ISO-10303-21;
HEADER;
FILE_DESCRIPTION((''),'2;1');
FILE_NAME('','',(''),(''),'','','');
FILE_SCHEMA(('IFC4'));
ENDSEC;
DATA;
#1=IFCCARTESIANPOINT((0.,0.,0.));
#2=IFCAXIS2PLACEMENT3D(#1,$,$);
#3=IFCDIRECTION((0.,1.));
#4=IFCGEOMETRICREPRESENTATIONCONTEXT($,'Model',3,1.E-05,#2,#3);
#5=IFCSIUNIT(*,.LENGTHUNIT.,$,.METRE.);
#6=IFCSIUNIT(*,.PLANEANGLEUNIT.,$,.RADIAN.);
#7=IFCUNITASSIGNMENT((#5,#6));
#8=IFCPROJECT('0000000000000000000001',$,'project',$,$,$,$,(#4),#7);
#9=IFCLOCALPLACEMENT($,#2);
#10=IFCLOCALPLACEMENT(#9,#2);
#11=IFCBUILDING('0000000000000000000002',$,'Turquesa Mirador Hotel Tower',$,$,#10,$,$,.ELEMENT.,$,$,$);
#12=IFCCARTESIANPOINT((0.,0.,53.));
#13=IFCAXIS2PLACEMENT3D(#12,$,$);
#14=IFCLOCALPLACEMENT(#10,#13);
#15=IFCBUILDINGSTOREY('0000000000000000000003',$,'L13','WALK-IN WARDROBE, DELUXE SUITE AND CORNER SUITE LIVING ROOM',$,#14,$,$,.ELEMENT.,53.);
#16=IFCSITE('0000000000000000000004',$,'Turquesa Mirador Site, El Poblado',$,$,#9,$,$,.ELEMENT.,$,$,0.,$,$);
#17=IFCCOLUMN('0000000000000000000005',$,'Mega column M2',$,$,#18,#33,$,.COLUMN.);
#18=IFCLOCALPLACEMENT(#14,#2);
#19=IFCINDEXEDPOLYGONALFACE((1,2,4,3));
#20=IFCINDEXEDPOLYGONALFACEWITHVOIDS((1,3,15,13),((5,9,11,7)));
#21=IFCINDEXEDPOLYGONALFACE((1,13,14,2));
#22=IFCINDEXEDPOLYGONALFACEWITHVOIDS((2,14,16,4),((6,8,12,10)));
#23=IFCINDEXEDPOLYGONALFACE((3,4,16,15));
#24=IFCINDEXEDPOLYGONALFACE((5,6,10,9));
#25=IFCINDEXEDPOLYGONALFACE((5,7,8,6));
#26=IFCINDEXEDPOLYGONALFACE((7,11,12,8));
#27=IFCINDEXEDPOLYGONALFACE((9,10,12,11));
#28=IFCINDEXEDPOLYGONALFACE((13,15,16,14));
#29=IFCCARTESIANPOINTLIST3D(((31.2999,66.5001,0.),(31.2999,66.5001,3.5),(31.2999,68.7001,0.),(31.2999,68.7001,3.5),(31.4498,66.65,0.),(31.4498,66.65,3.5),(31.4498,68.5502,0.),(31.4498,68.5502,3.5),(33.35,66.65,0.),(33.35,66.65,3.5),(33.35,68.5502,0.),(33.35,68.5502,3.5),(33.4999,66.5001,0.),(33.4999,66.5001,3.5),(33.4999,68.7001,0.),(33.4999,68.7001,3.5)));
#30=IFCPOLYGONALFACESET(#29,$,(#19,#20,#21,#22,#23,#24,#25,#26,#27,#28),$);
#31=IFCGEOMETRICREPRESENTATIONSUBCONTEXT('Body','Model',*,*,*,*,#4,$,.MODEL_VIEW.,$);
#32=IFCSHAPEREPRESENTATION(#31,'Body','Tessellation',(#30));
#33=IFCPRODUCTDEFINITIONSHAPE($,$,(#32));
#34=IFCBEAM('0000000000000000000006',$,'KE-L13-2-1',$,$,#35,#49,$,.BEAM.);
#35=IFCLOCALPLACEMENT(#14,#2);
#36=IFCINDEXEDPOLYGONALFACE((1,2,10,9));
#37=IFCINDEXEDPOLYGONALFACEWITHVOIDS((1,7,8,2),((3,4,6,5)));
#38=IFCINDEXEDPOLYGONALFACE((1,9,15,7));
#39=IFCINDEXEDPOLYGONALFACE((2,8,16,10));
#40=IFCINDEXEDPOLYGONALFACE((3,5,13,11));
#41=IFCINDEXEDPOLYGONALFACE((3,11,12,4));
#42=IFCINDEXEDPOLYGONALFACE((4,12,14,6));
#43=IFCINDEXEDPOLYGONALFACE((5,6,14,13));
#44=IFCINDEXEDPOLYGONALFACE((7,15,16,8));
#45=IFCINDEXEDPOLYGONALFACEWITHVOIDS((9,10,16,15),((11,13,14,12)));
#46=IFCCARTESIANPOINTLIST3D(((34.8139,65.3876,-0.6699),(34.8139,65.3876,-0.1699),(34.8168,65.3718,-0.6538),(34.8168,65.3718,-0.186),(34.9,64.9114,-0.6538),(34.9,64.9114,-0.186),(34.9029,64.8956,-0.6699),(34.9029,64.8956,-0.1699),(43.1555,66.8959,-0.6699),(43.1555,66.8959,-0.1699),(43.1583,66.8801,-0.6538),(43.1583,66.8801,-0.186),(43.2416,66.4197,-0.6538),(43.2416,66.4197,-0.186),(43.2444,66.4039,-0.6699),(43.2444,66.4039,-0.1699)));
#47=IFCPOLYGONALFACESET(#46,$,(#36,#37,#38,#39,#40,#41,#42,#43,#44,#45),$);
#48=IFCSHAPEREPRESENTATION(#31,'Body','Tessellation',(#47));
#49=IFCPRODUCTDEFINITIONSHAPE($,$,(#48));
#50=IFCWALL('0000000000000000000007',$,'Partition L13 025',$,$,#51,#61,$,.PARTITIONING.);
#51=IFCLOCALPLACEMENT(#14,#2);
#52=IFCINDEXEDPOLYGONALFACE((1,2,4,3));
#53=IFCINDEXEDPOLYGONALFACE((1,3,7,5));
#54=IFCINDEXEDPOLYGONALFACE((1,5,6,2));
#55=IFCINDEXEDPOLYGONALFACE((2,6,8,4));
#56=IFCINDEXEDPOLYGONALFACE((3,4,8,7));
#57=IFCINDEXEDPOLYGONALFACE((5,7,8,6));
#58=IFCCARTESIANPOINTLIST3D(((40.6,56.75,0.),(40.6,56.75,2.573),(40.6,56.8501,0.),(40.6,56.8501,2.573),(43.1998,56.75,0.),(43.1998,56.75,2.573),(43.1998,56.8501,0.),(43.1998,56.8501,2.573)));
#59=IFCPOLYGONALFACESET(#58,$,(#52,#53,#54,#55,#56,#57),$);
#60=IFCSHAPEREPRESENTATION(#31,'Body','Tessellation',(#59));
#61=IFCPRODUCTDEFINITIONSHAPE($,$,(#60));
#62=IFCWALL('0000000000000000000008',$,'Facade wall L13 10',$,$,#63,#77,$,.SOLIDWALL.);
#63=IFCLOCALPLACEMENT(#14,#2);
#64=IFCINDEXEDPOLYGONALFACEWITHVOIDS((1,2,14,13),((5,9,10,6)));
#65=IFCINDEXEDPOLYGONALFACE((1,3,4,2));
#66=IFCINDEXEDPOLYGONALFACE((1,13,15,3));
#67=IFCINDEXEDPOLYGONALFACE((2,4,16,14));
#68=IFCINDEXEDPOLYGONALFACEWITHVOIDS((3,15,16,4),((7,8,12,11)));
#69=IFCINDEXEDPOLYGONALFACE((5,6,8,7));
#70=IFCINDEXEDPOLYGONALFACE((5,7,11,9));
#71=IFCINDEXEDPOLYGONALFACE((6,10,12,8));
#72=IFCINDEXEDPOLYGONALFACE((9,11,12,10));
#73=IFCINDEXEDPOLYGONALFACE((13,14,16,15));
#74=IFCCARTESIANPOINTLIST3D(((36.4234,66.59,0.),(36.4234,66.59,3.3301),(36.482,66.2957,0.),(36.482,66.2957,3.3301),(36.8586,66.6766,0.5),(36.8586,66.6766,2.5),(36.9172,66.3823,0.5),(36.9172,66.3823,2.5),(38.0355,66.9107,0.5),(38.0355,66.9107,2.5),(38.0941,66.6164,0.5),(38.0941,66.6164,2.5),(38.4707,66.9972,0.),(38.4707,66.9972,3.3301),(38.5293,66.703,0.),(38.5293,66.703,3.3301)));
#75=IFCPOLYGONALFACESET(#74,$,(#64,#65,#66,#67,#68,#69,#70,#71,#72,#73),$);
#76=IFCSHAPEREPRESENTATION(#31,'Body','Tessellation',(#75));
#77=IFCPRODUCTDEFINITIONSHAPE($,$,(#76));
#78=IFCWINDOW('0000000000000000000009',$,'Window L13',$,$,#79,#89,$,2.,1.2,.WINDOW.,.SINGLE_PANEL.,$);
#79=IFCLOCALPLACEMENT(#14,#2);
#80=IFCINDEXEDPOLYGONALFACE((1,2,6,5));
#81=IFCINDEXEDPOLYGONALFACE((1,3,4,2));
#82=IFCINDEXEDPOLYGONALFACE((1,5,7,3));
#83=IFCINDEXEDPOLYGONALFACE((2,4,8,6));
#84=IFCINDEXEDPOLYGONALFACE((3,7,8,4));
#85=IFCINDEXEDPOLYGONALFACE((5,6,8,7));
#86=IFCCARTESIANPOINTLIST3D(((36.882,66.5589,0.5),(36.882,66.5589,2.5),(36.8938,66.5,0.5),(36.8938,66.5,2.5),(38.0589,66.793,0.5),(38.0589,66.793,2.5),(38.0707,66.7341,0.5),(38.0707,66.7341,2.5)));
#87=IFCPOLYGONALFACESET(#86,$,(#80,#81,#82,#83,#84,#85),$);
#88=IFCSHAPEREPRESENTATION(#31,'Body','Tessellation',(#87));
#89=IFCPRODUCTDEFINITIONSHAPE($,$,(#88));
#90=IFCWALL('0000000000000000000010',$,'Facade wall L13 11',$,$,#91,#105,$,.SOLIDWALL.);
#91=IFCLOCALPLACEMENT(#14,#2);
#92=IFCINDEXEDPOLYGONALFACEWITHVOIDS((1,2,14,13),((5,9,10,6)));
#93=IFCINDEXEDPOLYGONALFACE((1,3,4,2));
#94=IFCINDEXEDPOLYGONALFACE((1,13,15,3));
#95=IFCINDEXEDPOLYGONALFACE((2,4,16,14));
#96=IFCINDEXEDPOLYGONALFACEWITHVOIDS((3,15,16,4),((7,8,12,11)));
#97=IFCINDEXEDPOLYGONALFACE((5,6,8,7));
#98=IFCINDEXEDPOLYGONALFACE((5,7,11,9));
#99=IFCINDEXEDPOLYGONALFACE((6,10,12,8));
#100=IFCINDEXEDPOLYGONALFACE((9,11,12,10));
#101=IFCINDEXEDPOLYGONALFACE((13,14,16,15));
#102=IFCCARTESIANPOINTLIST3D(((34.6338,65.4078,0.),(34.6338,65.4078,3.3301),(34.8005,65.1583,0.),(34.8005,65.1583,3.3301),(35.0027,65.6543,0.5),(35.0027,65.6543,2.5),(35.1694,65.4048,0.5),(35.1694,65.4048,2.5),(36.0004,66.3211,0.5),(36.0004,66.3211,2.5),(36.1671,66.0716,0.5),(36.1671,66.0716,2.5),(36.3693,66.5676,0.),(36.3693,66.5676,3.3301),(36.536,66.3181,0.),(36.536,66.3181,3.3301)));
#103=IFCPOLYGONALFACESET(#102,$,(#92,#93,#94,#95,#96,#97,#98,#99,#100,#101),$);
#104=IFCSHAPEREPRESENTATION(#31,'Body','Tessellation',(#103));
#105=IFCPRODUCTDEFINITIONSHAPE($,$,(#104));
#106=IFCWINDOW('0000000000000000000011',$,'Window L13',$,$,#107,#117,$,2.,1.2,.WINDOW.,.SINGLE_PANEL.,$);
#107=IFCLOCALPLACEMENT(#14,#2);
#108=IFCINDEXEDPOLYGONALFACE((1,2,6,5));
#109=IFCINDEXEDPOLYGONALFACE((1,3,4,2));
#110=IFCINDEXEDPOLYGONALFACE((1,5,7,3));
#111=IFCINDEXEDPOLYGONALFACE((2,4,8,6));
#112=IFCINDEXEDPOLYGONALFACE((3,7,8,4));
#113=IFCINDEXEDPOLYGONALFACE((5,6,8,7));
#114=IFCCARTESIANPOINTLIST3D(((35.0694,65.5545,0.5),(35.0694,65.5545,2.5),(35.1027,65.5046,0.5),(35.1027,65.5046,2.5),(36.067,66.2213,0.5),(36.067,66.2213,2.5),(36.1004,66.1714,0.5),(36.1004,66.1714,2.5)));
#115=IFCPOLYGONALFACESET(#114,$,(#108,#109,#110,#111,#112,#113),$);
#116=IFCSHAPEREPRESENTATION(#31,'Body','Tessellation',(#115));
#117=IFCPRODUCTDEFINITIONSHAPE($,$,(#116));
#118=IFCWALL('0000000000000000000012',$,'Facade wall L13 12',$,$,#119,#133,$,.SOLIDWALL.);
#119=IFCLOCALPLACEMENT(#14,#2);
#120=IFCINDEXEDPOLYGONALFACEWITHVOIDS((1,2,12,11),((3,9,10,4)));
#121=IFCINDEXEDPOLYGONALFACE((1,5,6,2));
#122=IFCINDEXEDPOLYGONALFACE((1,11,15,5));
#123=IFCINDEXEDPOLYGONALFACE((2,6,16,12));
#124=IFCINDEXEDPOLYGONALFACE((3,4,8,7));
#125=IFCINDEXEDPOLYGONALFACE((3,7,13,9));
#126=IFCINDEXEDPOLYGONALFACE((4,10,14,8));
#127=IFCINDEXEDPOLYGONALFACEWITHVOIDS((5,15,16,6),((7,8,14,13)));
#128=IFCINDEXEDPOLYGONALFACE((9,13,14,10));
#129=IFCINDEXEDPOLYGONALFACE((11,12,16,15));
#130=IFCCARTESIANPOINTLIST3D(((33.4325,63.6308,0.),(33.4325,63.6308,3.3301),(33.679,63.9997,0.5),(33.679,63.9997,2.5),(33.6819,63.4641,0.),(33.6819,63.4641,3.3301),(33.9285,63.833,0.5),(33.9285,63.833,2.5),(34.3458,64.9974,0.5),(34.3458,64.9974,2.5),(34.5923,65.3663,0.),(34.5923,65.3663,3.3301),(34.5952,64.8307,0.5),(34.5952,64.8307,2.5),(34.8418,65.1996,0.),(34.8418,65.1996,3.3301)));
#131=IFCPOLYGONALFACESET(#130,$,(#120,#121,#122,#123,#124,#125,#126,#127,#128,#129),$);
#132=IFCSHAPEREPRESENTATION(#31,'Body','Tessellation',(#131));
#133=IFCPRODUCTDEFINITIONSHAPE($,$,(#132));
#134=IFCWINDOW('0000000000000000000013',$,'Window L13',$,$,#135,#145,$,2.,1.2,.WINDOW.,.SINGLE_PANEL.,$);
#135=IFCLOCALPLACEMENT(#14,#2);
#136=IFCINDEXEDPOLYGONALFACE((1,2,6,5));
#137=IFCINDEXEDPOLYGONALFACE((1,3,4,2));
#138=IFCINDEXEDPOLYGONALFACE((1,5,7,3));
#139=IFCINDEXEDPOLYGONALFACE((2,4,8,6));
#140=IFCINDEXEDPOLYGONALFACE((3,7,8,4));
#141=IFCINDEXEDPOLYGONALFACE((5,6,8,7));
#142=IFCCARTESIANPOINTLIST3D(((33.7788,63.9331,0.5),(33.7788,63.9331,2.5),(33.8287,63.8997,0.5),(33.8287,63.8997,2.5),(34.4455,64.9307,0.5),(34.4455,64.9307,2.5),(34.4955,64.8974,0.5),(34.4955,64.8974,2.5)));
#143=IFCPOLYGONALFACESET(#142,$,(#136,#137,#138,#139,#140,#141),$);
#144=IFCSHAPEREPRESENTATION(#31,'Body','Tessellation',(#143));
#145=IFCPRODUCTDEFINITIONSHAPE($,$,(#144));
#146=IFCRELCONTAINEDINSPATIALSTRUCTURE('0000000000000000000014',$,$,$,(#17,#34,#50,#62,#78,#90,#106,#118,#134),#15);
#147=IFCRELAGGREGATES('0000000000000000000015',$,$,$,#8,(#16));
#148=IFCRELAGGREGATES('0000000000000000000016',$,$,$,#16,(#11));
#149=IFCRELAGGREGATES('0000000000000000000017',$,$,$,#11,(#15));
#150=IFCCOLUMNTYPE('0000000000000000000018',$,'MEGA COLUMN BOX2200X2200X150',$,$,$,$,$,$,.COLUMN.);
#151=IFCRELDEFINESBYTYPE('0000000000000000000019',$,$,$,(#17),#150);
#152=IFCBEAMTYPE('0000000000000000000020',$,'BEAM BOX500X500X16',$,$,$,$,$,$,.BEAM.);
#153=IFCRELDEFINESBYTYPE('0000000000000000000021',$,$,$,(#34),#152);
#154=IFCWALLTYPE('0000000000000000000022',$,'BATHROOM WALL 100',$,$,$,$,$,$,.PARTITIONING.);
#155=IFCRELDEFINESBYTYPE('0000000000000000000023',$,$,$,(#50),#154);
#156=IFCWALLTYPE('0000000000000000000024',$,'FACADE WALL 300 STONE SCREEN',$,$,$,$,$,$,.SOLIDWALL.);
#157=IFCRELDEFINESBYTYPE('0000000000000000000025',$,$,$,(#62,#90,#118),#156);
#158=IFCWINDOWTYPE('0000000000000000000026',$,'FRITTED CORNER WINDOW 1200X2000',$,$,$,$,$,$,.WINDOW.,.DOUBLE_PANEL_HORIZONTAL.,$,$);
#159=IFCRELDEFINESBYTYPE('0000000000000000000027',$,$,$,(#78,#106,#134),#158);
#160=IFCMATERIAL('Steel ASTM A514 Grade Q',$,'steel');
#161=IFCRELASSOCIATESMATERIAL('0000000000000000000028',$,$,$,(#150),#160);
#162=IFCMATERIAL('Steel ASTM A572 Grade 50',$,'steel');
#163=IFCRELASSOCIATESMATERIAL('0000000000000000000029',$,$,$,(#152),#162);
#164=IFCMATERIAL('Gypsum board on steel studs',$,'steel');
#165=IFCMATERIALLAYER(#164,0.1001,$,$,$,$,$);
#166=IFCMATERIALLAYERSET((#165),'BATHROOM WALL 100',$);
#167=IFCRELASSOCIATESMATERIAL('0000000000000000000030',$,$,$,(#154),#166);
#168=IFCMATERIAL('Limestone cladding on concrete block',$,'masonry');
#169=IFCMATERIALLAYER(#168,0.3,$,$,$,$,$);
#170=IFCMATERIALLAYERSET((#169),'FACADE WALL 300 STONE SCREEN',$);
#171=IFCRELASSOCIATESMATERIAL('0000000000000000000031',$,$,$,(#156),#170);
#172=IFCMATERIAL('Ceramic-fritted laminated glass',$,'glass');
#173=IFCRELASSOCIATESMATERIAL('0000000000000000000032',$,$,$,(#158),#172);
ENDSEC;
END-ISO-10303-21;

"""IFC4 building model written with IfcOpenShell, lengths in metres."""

from ifc_helpers import new_model, si_unit, direction, frame, frame_2d, origin, origin_2d, place, context, subcontext, project, spatial, rectangle, hollow_rectangle, extrude, material, layer, layer_set, material_profile, profile_set, type_object, element, fill, save


model = new_model("IFC4")

# Units and contexts
model_context = context("Model", 3, precision=1e-05, world=origin(), true_north=direction((0.0, 1.0)))
body_context = subcontext(model_context, "Body", "Model", "MODEL_VIEW")
ifc_project = project(units=[si_unit("LENGTHUNIT", "METRE"), si_unit("PLANEANGLEUNIT", "RADIAN")], contexts=[model_context])

# Site, building, storey
site_placement = place(None, origin())
site = spatial("IfcSite", under=ifc_project, at=site_placement, Name="Turquesa Mirador Site, El Poblado", CompositionType="ELEMENT", RefElevation=0.0)
building_placement = place(site_placement, origin())
building = spatial("IfcBuilding", under=site, at=building_placement, Name="Turquesa Mirador Hotel Tower", CompositionType="ELEMENT")
storey_placement = place(building_placement, frame((0.0, 0.0, 53.0)))
storey = spatial("IfcBuildingStorey", under=building, at=storey_placement, Name="L13", Description="WALK-IN WARDROBE, DELUXE SUITE AND CORNER SUITE LIVING ROOM", CompositionType="ELEMENT", Elevation=53.0)

# Column
ifc_material_1 = material(Name="Steel ASTM A514 Grade Q", Category="steel")
ifc_material_profile_1 = material_profile(ifc_material_1, hollow_rectangle(XDim=2.2, YDim=2.2, WallThickness=0.1499, at=origin_2d()), Name="BOX2200X2200X150")
ifc_profile_set_1 = profile_set([ifc_material_profile_1], Name="Steel ASTM A514 Grade Q")
column_type = type_object("IfcColumnType", Name="MEGA COLUMN BOX2200X2200X150", PredefinedType="COLUMN", material=ifc_profile_set_1)
column_placement = place(storey_placement, frame((32.3999, 67.6001, 0.0), z_axis=(0.0, 0.0, 1.0), x_axis=(1.0, 0.0, 0.0)))
element("IfcColumn", 1, at=column_placement, inside=storey, type_object=column_type, Name="Mega column M2", PredefinedType="COLUMN", context=body_context, shape_type="SweptSolid", body=[
    extrude(hollow_rectangle(XDim=2.2, YDim=2.2, WallThickness=0.1499, at=origin_2d()), origin(), (0.0, 0.0, 1.0), 3.5),
])

# Beam
ifc_material_2 = material(Name="Steel ASTM A572 Grade 50", Category="steel")
ifc_material_profile_2 = material_profile(ifc_material_2, hollow_rectangle(XDim=0.5, YDim=0.5, WallThickness=0.0161, at=origin_2d()), Name="BOX500X500X16")
ifc_profile_set_2 = profile_set([ifc_material_profile_2], Name="Steel ASTM A572 Grade 50")
beam_type = type_object("IfcBeamType", Name="BEAM BOX500X500X16", PredefinedType="BEAM", material=ifc_profile_set_2)
beam_placement = place(storey_placement, frame((34.8584, 65.1416, -0.4199), z_axis=(0.984043, 0.177932, 0.0), x_axis=(-0.177932, 0.984043, 0.0)))
element("IfcBeam", 2, at=beam_placement, inside=storey, type_object=beam_type, Name="KE-L13-2-1", PredefinedType="BEAM", context=body_context, shape_type="SweptSolid", body=[
    extrude(hollow_rectangle(XDim=0.5, YDim=0.5, WallThickness=0.0161, at=origin_2d()), origin(), (0.0, 0.0, 1.0), 8.4768),
])

# Wall
ifc_material_3 = material(Name="Gypsum board on steel studs", Category="steel")
ifc_layer_1 = layer(ifc_material_3, 0.1001)
ifc_layer_set_1 = layer_set([ifc_layer_1], Name="BATHROOM WALL 100")
wall_type_1 = type_object("IfcWallType", Name="BATHROOM WALL 100", PredefinedType="PARTITIONING", material=ifc_layer_set_1)
wall_1_placement = place(storey_placement, frame((40.6001, 56.8, 0.0), z_axis=(0.0, 0.0, 1.0), x_axis=(1.0, 0.0, 0.0)))
element("IfcWall", 3, at=wall_1_placement, inside=storey, type_object=wall_type_1, Name="Partition L13 025", PredefinedType="PARTITIONING", context=body_context, shape_type="SweptSolid", body=[
    extrude(rectangle(XDim=2.5999, YDim=0.1001, at=frame_2d((1.2998, 0.0))), origin(), (0.0, 0.0, 1.0), 2.573),
])

# Walls, openings, windows
ifc_material_4 = material(Name="Limestone cladding on concrete block", Category="masonry")
ifc_layer_2 = layer(ifc_material_4, 0.3)
ifc_layer_set_2 = layer_set([ifc_layer_2], Name="FACADE WALL 300 STONE SCREEN")
wall_type_2 = type_object("IfcWallType", Name="FACADE WALL 300 STONE SCREEN", PredefinedType="SOLIDWALL", material=ifc_layer_set_2)
wall_2_placement = place(storey_placement, frame((38.5, 66.8501, 0.0), z_axis=(0.0, 0.0, 1.0), x_axis=(-0.980787, -0.195081, 0.0)))
wall_2 = element("IfcWall", 4, at=wall_2_placement, inside=storey, type_object=wall_type_2, Name="Facade wall L13 10", PredefinedType="SOLIDWALL", context=body_context, shape_type="SweptSolid", body=[
    extrude(rectangle(XDim=2.0874, YDim=0.3, at=frame_2d((1.0437, 0.0))), origin(), (0.0, 0.0, 1.0), 3.3301),
])
opening_1_placement = place(wall_2_placement, frame((0.4436, 0.0, 0.5)))
opening_1 = element("IfcOpeningElement", 5, at=opening_1_placement, cuts=wall_2, PredefinedType="OPENING", context=body_context, shape_type="SweptSolid", body=[
    extrude(rectangle(XDim=1.2, YDim=2.0, at=frame_2d((0.6001, 1.0))), frame((0.0, 0.1599, 0.0), z_axis=(0.0, -1.0, 0.0), x_axis=(1.0, 0.0, 0.0)), (0.0, 0.0, 1.0), 0.3201),
])
ifc_material_5 = material(Name="Ceramic-fritted laminated glass", Category="glass")
window_type_1 = type_object("IfcWindowType", Name="FRITTED CORNER WINDOW 1200X2000", PartitioningType="DOUBLE_PANEL_HORIZONTAL", PredefinedType="WINDOW", material=ifc_material_5)
window_1_placement = place(opening_1_placement, origin())
window_1 = element("IfcWindow", 6, at=window_1_placement, inside=storey, type_object=window_type_1, Name="Window L13", OverallHeight=2.0, OverallWidth=1.2, PartitioningType="SINGLE_PANEL", PredefinedType="WINDOW", context=body_context, shape_type="SweptSolid", body=[
    extrude(rectangle(XDim=1.2, YDim=2.0, at=frame_2d((0.6001, 1.0))), frame((0.0, 0.03, 0.0), z_axis=(0.0, -1.0, 0.0), x_axis=(1.0, 0.0, 0.0)), (0.0, 0.0, 1.0), 0.0601),
])
fill(opening_1, window_1)
wall_3_placement = place(storey_placement, frame((36.4526, 66.4429, 0.0), z_axis=(0.0, 0.0, 1.0), x_axis=(-0.83142, -0.555644, 0.0)))
wall_3 = element("IfcWall", 7, at=wall_3_placement, inside=storey, type_object=wall_type_2, Name="Facade wall L13 11", PredefinedType="SOLIDWALL", context=body_context, shape_type="SweptSolid", body=[
    extrude(rectangle(XDim=2.0874, YDim=0.3, at=frame_2d((1.0437, 0.0))), origin(), (0.0, 0.0, 1.0), 3.3301),
])
opening_2_placement = place(wall_3_placement, frame((0.4436, 0.0, 0.5)))
opening_2 = element("IfcOpeningElement", 8, at=opening_2_placement, cuts=wall_3, PredefinedType="OPENING", context=body_context, shape_type="SweptSolid", body=[
    extrude(rectangle(XDim=1.2, YDim=2.0, at=frame_2d((0.6001, 1.0))), frame((0.0, 0.1599, 0.0), z_axis=(0.0, -1.0, 0.0), x_axis=(1.0, 0.0, 0.0)), (0.0, 0.0, 1.0), 0.3201),
])
window_2_placement = place(opening_2_placement, origin())
window_2 = element("IfcWindow", 9, at=window_2_placement, inside=storey, type_object=window_type_1, Name="Window L13", OverallHeight=2.0, OverallWidth=1.2, PartitioningType="SINGLE_PANEL", PredefinedType="WINDOW", context=body_context, shape_type="SweptSolid", body=[
    extrude(rectangle(XDim=1.2, YDim=2.0, at=frame_2d((0.6001, 1.0))), frame((0.0, 0.03, 0.0), z_axis=(0.0, -1.0, 0.0), x_axis=(1.0, 0.0, 0.0)), (0.0, 0.0, 1.0), 0.0601),
])
fill(opening_2, window_2)
wall_4_placement = place(storey_placement, frame((34.717, 65.283, 0.0), z_axis=(0.0, 0.0, 1.0), x_axis=(-0.555644, -0.83142, 0.0)))
wall_4 = element("IfcWall", 10, at=wall_4_placement, inside=storey, type_object=wall_type_2, Name="Facade wall L13 12", PredefinedType="SOLIDWALL", context=body_context, shape_type="SweptSolid", body=[
    extrude(rectangle(XDim=2.0874, YDim=0.3, at=frame_2d((1.0437, 0.0))), origin(), (0.0, 0.0, 1.0), 3.3301),
])
opening_3_placement = place(wall_4_placement, frame((0.4436, 0.0, 0.5)))
opening_3 = element("IfcOpeningElement", 11, at=opening_3_placement, cuts=wall_4, PredefinedType="OPENING", context=body_context, shape_type="SweptSolid", body=[
    extrude(rectangle(XDim=1.2, YDim=2.0, at=frame_2d((0.6001, 1.0))), frame((0.0, 0.1599, 0.0), z_axis=(0.0, -1.0, 0.0), x_axis=(1.0, 0.0, 0.0)), (0.0, 0.0, 1.0), 0.3201),
])
window_3_placement = place(opening_3_placement, origin())
window_3 = element("IfcWindow", 12, at=window_3_placement, inside=storey, type_object=window_type_1, Name="Window L13", OverallHeight=2.0, OverallWidth=1.2, PartitioningType="SINGLE_PANEL", PredefinedType="WINDOW", context=body_context, shape_type="SweptSolid", body=[
    extrude(rectangle(XDim=1.2, YDim=2.0, at=frame_2d((0.6001, 1.0))), frame((0.0, 0.03, 0.0), z_axis=(0.0, -1.0, 0.0), x_axis=(1.0, 0.0, 0.0)), (0.0, 0.0, 1.0), 0.0601),
])
fill(opening_3, window_3)

save(model, "model.ifc")
